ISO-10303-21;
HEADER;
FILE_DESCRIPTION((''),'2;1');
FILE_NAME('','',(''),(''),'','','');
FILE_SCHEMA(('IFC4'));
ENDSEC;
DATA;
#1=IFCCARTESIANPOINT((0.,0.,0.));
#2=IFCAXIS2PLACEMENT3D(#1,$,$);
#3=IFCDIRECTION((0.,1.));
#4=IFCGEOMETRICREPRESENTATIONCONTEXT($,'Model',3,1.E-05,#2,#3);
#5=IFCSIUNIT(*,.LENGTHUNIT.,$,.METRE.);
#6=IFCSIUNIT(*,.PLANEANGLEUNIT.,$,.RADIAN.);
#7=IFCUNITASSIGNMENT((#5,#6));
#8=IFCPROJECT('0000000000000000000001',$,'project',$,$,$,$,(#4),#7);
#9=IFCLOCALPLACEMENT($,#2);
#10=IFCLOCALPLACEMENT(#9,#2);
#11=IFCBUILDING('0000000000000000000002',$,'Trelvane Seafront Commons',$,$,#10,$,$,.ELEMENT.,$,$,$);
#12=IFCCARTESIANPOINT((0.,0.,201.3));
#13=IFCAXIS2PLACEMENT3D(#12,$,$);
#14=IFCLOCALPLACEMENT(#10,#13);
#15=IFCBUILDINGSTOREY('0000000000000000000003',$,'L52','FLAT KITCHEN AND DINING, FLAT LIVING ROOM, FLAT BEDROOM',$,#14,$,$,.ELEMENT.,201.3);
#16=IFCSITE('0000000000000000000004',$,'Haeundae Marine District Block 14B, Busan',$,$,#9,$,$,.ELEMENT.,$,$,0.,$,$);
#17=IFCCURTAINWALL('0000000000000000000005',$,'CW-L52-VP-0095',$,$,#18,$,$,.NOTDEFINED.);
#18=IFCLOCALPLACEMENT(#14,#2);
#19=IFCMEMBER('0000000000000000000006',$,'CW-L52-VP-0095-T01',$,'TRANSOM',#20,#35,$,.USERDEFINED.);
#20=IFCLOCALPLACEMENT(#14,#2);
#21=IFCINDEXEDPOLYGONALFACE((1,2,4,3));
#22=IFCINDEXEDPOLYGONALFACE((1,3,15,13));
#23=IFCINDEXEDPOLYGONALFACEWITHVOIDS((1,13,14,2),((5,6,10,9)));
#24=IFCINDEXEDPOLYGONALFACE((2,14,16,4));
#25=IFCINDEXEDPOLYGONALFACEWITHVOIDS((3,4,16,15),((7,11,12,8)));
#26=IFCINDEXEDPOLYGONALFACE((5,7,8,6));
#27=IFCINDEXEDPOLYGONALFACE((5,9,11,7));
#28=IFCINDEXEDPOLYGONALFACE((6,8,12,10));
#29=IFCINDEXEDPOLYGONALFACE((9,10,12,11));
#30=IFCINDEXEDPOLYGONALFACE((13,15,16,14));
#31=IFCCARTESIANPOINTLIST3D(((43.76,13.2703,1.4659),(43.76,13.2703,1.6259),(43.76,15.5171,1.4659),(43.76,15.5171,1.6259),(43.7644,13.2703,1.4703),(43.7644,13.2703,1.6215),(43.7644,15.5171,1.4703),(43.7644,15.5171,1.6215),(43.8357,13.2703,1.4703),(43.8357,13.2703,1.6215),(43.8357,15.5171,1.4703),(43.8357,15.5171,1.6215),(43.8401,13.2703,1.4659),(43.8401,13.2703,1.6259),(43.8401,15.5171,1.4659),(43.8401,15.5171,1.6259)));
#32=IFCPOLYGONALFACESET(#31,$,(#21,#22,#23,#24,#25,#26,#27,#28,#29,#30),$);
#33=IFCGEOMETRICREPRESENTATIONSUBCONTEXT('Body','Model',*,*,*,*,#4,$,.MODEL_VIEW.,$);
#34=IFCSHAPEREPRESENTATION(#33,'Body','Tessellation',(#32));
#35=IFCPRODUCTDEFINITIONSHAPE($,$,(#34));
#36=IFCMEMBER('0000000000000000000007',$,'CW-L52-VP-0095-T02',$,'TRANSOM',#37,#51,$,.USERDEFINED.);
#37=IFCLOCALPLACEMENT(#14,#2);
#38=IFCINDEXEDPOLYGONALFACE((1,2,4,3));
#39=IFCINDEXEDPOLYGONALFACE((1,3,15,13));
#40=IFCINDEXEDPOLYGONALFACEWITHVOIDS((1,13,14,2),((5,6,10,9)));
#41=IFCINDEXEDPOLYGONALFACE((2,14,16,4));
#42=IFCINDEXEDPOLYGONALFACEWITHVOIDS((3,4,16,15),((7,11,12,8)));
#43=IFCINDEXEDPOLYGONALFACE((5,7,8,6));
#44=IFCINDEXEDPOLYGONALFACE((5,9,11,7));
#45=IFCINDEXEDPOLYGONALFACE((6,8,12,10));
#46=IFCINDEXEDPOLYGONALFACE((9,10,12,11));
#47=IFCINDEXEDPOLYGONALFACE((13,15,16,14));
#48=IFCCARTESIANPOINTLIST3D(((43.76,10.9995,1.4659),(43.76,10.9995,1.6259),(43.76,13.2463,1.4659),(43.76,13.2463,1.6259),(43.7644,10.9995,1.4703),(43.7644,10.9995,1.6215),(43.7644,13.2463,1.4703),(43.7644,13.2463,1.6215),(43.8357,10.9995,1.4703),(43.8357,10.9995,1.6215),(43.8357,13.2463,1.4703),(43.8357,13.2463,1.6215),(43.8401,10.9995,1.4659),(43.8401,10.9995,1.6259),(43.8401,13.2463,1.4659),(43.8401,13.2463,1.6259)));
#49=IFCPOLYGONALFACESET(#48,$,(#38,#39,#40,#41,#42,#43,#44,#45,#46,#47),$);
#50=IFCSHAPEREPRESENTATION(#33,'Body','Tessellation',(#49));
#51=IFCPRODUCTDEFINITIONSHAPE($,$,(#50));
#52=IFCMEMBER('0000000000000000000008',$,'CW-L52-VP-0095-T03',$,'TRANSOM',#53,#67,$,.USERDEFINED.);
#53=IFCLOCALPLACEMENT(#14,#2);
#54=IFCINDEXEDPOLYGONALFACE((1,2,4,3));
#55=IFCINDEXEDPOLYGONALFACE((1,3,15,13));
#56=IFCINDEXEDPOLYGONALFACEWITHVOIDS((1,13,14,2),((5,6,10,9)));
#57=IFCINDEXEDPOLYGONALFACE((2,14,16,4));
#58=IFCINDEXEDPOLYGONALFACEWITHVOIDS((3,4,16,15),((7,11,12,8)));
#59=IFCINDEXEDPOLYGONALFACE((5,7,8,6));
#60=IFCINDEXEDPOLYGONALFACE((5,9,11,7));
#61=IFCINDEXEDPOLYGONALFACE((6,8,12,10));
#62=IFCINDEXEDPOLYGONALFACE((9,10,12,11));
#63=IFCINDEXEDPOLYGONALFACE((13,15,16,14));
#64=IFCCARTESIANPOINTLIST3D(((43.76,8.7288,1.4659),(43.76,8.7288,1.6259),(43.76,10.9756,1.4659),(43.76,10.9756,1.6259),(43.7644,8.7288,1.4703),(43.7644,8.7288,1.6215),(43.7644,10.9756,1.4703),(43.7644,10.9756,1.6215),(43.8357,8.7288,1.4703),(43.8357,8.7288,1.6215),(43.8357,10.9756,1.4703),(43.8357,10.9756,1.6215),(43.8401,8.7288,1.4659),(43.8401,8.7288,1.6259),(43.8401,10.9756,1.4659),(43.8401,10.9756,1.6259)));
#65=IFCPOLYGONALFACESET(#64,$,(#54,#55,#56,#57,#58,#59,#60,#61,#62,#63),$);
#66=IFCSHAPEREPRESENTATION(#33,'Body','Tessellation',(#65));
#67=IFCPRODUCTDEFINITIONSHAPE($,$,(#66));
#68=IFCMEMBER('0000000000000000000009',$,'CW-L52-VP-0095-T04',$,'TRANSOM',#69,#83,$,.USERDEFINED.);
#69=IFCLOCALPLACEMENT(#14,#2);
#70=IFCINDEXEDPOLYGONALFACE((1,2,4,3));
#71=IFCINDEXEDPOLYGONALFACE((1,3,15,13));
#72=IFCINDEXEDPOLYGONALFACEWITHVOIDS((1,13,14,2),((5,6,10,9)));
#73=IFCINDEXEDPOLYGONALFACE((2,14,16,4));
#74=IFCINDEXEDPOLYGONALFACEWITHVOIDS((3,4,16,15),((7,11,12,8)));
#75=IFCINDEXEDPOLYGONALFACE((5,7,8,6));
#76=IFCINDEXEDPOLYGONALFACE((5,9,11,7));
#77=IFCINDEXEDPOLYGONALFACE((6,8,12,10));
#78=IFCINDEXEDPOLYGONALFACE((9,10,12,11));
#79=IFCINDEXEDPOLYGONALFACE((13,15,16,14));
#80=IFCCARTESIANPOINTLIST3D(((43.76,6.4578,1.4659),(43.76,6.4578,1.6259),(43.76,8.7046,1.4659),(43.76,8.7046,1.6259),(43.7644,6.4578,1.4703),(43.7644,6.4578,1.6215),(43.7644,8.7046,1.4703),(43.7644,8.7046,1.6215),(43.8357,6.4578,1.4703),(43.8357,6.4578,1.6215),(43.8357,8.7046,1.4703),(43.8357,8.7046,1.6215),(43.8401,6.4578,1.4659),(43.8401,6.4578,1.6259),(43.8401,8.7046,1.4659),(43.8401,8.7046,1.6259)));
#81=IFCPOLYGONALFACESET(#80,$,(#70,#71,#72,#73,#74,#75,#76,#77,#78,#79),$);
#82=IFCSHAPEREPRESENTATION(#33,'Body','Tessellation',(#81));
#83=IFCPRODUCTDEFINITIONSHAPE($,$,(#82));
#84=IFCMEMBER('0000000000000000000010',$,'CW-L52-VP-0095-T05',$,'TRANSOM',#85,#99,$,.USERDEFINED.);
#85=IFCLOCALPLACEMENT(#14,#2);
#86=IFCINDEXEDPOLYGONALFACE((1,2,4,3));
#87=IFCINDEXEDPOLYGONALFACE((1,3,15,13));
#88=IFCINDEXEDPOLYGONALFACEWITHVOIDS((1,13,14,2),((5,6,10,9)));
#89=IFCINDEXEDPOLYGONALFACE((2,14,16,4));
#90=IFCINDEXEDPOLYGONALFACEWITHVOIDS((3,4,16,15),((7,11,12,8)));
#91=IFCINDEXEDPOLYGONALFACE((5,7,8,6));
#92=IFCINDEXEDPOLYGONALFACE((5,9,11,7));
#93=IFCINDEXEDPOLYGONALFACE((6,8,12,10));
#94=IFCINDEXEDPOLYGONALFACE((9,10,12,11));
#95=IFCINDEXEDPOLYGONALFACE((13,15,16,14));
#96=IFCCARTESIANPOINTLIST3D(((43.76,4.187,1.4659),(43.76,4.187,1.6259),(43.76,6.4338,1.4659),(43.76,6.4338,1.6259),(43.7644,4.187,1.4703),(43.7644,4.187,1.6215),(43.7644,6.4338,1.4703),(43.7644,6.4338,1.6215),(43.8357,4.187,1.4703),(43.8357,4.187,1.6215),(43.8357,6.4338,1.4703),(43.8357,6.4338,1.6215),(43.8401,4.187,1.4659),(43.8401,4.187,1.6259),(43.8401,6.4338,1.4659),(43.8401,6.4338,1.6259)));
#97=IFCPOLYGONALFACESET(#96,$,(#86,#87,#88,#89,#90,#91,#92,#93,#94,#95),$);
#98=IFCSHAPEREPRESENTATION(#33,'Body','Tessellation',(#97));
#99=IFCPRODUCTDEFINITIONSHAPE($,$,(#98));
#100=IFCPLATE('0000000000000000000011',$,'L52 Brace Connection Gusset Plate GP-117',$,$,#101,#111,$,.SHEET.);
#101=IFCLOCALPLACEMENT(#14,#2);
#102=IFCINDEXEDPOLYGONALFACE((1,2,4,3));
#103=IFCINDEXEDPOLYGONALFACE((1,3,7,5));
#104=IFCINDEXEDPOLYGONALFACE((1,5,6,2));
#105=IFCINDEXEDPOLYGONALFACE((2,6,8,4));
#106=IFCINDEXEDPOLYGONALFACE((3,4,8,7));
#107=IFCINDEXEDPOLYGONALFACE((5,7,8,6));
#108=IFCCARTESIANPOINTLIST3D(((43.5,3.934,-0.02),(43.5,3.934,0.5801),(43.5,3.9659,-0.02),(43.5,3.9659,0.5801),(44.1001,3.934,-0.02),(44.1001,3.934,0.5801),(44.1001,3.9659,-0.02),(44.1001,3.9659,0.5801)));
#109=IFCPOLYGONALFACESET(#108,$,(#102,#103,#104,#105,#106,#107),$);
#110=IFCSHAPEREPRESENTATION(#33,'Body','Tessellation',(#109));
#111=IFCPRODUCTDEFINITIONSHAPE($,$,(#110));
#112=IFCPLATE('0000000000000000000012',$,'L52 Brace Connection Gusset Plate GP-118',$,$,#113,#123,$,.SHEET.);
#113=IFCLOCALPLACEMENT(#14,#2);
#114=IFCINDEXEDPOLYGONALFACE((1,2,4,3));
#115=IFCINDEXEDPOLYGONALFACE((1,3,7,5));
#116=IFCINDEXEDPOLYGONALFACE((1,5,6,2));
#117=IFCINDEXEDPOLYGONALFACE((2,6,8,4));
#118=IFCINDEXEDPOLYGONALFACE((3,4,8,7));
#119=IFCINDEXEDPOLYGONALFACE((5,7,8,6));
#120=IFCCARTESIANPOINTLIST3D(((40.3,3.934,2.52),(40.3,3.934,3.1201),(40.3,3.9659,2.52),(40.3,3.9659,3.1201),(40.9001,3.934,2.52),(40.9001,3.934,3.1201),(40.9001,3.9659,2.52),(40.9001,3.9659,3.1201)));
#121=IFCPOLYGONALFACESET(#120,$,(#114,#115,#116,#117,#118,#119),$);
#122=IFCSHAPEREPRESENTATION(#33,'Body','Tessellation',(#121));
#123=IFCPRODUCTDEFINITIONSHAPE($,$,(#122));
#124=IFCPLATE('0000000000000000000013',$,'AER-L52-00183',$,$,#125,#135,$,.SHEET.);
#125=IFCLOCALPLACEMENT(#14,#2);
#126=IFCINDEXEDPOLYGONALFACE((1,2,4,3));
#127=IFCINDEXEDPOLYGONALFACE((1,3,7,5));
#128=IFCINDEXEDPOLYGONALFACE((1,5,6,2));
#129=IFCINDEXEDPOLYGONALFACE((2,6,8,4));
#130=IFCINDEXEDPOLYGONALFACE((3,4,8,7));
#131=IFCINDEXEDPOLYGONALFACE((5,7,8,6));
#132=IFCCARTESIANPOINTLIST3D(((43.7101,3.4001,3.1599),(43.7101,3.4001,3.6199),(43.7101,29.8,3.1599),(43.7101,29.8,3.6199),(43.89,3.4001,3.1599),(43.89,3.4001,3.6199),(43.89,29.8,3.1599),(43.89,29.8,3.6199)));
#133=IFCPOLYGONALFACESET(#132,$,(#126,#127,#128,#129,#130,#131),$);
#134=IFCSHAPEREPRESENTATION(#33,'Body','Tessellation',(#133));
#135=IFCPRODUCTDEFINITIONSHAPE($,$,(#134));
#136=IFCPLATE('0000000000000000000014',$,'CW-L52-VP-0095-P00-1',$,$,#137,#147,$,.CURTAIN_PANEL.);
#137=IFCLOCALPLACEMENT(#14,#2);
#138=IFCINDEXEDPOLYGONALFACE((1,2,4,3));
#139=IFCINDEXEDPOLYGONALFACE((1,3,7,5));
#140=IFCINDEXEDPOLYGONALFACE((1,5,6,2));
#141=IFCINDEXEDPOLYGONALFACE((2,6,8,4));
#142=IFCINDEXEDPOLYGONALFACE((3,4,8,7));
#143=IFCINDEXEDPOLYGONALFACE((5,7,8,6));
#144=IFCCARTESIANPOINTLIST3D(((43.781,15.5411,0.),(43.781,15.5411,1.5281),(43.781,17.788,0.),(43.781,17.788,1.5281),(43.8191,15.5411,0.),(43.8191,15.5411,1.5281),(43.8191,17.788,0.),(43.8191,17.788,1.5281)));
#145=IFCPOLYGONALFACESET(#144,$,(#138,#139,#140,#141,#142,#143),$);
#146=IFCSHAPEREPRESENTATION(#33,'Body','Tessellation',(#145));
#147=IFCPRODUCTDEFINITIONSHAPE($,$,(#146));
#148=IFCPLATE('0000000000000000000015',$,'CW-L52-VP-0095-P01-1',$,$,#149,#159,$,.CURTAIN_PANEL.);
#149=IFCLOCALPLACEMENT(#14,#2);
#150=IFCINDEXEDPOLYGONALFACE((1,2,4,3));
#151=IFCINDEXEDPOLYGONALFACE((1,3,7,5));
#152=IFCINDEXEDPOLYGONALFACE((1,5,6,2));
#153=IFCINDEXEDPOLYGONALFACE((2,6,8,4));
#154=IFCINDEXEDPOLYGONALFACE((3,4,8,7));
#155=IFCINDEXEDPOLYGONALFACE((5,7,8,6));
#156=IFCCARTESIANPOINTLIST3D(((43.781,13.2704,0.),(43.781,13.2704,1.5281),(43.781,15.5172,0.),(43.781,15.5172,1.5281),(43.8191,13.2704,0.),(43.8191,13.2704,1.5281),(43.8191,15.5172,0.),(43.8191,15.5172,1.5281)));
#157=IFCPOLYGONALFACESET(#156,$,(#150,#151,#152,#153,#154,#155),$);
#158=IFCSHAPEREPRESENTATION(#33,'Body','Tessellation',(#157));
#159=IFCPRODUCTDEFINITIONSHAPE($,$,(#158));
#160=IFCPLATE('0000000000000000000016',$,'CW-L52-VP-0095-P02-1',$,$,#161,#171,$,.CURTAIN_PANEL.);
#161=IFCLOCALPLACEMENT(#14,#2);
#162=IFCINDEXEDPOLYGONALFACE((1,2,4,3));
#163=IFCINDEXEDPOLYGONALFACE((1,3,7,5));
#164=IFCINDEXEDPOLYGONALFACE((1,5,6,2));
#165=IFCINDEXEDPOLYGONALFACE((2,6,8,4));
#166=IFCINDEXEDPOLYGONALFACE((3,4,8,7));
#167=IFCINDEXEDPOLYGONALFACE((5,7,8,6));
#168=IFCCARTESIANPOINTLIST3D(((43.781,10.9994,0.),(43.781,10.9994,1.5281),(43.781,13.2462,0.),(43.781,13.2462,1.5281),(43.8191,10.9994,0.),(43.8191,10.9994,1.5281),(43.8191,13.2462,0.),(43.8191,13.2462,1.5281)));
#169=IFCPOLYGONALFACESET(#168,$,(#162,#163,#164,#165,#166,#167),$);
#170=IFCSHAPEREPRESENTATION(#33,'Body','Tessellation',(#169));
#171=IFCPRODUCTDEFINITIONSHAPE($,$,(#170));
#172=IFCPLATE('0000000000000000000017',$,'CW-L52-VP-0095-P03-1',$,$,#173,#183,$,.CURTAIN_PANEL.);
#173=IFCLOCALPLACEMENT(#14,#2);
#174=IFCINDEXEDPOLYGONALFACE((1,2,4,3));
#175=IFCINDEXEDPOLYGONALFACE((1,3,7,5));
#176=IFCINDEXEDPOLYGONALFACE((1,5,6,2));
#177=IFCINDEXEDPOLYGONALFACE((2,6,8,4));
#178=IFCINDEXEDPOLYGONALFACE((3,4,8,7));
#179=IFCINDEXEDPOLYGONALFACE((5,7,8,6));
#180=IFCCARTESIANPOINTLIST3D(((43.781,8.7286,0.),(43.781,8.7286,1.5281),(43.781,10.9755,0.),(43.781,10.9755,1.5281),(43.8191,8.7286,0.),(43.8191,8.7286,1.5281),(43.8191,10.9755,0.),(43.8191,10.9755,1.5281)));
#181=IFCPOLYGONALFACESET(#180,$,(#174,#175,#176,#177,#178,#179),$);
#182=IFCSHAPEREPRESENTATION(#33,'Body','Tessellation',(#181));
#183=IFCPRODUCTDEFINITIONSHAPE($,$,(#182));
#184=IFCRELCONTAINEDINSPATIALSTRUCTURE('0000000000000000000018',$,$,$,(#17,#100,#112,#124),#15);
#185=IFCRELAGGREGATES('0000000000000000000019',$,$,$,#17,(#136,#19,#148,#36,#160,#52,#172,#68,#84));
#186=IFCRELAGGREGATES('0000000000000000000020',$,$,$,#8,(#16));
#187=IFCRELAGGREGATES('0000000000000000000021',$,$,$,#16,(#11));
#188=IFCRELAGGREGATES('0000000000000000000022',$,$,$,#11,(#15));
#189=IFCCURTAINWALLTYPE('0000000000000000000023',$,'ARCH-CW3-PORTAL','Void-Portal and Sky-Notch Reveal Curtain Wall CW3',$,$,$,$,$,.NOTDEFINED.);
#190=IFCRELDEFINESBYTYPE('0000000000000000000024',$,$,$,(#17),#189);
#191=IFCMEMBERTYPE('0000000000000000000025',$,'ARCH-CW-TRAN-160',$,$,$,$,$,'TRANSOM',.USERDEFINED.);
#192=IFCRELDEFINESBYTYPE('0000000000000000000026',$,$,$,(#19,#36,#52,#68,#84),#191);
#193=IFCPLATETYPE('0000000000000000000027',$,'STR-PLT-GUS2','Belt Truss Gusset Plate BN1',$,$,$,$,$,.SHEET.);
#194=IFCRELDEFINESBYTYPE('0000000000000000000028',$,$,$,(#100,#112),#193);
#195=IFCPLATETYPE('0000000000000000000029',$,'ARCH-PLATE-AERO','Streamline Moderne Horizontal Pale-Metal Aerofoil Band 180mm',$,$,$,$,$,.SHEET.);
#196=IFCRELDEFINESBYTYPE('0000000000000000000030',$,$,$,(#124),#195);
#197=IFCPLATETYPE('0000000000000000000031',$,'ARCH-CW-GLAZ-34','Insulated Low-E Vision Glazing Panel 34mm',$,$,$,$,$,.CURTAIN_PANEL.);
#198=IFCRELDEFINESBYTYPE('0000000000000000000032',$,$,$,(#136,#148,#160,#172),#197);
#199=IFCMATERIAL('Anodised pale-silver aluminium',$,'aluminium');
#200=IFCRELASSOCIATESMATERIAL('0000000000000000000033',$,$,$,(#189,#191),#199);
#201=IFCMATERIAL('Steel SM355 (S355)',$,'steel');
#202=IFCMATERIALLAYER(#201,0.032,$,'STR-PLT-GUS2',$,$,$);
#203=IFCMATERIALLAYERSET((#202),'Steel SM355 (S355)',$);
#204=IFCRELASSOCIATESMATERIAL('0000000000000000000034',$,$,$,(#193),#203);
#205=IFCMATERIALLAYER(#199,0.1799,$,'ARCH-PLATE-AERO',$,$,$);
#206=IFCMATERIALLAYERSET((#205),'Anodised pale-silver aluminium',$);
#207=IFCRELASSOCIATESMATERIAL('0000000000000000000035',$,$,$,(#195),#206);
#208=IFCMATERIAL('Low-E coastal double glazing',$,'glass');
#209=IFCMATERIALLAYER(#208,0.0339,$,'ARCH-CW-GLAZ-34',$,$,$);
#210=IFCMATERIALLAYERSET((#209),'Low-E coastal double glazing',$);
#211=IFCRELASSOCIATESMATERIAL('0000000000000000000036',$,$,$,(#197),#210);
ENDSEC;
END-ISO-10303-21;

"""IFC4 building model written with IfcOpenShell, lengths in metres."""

from ifc_helpers import new_model, si_unit, direction, frame, origin, origin_2d, place, context, subcontext, project, spatial, rectangle, hollow_rectangle, extrude, source, transform, mapped, material, layer, layer_set, material_profile, profile_set, type_object, element, aggregate, save


model = new_model("IFC4")

# Units and contexts
model_context = context("Model", 3, precision=1e-05, world=origin(), true_north=direction((0.0, 1.0)))
body_context = subcontext(model_context, "Body", "Model", "MODEL_VIEW")
ifc_project = project(units=[si_unit("LENGTHUNIT", "METRE"), si_unit("PLANEANGLEUNIT", "RADIAN")], contexts=[model_context])

# Site, building, storey
site_placement = place(None, origin())
site = spatial("IfcSite", under=ifc_project, at=site_placement, Name="Haeundae Marine District Block 14B, Busan", CompositionType="ELEMENT", RefElevation=0.0)
building_placement = place(site_placement, origin())
building = spatial("IfcBuilding", under=site, at=building_placement, Name="Trelvane Seafront Commons", CompositionType="ELEMENT")
storey_placement = place(building_placement, frame((0.0, 0.0, 201.3)))
storey = spatial("IfcBuildingStorey", under=building, at=storey_placement, Name="L52", Description="FLAT KITCHEN AND DINING, FLAT LIVING ROOM, FLAT BEDROOM", CompositionType="ELEMENT", Elevation=201.3)

# Shared definitions
ifc_material_1 = material(Name="Steel SM355 (S355)", Category="steel")

# Curtain wall, members
ifc_material_2 = material(Name="Anodised pale-silver aluminium", Category="aluminium")
curtain_wall_type = type_object("IfcCurtainWallType", Name="ARCH-CW3-PORTAL", Description="Void-Portal and Sky-Notch Reveal Curtain Wall CW3", PredefinedType="NOTDEFINED", material=ifc_material_2)
curtain_wall_placement = place(storey_placement, origin())
curtain_wall = element("IfcCurtainWall", 1, at=curtain_wall_placement, inside=storey, type_object=curtain_wall_type, Name="CW-L52-VP-0095", PredefinedType="NOTDEFINED")
ifc_material_profile_1 = material_profile(ifc_material_2, hollow_rectangle(XDim=0.0801, YDim=0.1599, WallThickness=0.0044, at=origin_2d()), Name="TRAN-80x160x4.5")
ifc_profile_set_1 = profile_set([ifc_material_profile_1], Name="Anodised pale-silver aluminium")
member_type_1 = type_object("IfcMemberType", Name="ARCH-CW-TRAN-160", ElementType="TRANSOM", PredefinedType="USERDEFINED", material=ifc_profile_set_1)
shared_shape_1 = source(origin(), body_context, "Body", "SweptSolid", [
    extrude(hollow_rectangle(XDim=0.0801, YDim=0.1599, WallThickness=0.0044, at=origin_2d()), origin(), (0.0, 0.0, 1.0), 2.2468),
])
member_1_placement = place(storey_placement, frame((43.8, 15.5171, 1.5459), z_axis=(0.0, -1.0, 0.0), x_axis=(1.0, 0.0, 0.0)))
member_1 = element("IfcMember", 2, at=member_1_placement, type_object=member_type_1, Name="CW-L52-VP-0095-T01", ObjectType="TRANSOM", PredefinedType="USERDEFINED", context=body_context, shape_type="MappedRepresentation", body=[
    mapped(shared_shape_1, transform((0.0, 0.0, 0.0), x_axis=(1.0, 0.0, 0.0), y_axis=(0.0, 1.0, 0.0), z_axis=(0.0, 0.0, 1.0), scale=1.0)),
])
member_2_placement = place(storey_placement, frame((43.8, 13.2463, 1.5459), z_axis=(0.0, -1.0, 0.0), x_axis=(1.0, 0.0, 0.0)))
member_2 = element("IfcMember", 3, at=member_2_placement, type_object=member_type_1, Name="CW-L52-VP-0095-T02", ObjectType="TRANSOM", PredefinedType="USERDEFINED", context=body_context, shape_type="MappedRepresentation", body=[
    mapped(shared_shape_1, transform((0.0, 0.0, 0.0), x_axis=(1.0, 0.0, 0.0), y_axis=(0.0, 1.0, 0.0), z_axis=(0.0, 0.0, 1.0), scale=1.0)),
])
member_3_placement = place(storey_placement, frame((43.8, 10.9756, 1.5459), z_axis=(0.0, -1.0, 0.0), x_axis=(1.0, 0.0, 0.0)))
member_3 = element("IfcMember", 4, at=member_3_placement, type_object=member_type_1, Name="CW-L52-VP-0095-T03", ObjectType="TRANSOM", PredefinedType="USERDEFINED", context=body_context, shape_type="MappedRepresentation", body=[
    mapped(shared_shape_1, transform((0.0, 0.0, 0.0), x_axis=(1.0, 0.0, 0.0), y_axis=(0.0, 1.0, 0.0), z_axis=(0.0, 0.0, 1.0), scale=1.0)),
])
member_4_placement = place(storey_placement, frame((43.8, 8.7046, 1.5459), z_axis=(0.0, -1.0, 0.0), x_axis=(1.0, 0.0, 0.0)))
member_4 = element("IfcMember", 5, at=member_4_placement, type_object=member_type_1, Name="CW-L52-VP-0095-T04", ObjectType="TRANSOM", PredefinedType="USERDEFINED", context=body_context, shape_type="MappedRepresentation", body=[
    mapped(shared_shape_1, transform((0.0, 0.0, 0.0), x_axis=(1.0, 0.0, 0.0), y_axis=(0.0, 1.0, 0.0), z_axis=(0.0, 0.0, 1.0), scale=1.0)),
])
member_5_placement = place(storey_placement, frame((43.8, 6.4338, 1.5459), z_axis=(0.0, -1.0, 0.0), x_axis=(1.0, 0.0, 0.0)))
member_5 = element("IfcMember", 6, at=member_5_placement, type_object=member_type_1, Name="CW-L52-VP-0095-T05", ObjectType="TRANSOM", PredefinedType="USERDEFINED", context=body_context, shape_type="MappedRepresentation", body=[
    mapped(shared_shape_1, transform((0.0, 0.0, 0.0), x_axis=(1.0, 0.0, 0.0), y_axis=(0.0, 1.0, 0.0), z_axis=(0.0, 0.0, 1.0), scale=1.0)),
])

# Plates
ifc_layer_1 = layer(ifc_material_1, 0.032, Name="STR-PLT-GUS2")
ifc_layer_set_1 = layer_set([ifc_layer_1], Name="Steel SM355 (S355)")
plate_type_1 = type_object("IfcPlateType", Name="STR-PLT-GUS2", Description="Belt Truss Gusset Plate BN1", PredefinedType="SHEET", material=ifc_layer_set_1)
shared_shape_2 = source(origin(), body_context, "Body", "SweptSolid", [
    extrude(rectangle(XDim=0.6001, YDim=0.032, at=origin_2d()), origin(), (0.0, 0.0, 1.0), 0.6001),
])
for number, where, z_axis, x_axis, name in (
    (7, (43.8, 3.95, -0.02), (0.0, 0.0, 1.0), (1.0, 0.0, 0.0), "L52 Brace Connection Gusset Plate GP-117"),
    (8, (40.6001, 3.95, 2.52), (0.0, 0.0, 1.0), (1.0, 0.0, 0.0), "L52 Brace Connection Gusset Plate GP-118"),
):
    element("IfcPlate", number, at=place(storey_placement, frame(where, z_axis=z_axis, x_axis=x_axis)), inside=storey, type_object=plate_type_1, Name=name, PredefinedType="SHEET", context=body_context, shape_type="MappedRepresentation", body=[
        mapped(shared_shape_2, transform((0.0, 0.0, 0.0), x_axis=(1.0, 0.0, 0.0), y_axis=(0.0, 1.0, 0.0), z_axis=(0.0, 0.0, 1.0), scale=1.0)),
    ])
ifc_layer_2 = layer(ifc_material_2, 0.1799, Name="ARCH-PLATE-AERO")
ifc_layer_set_2 = layer_set([ifc_layer_2], Name="Anodised pale-silver aluminium")
plate_type_2 = type_object("IfcPlateType", Name="ARCH-PLATE-AERO", Description="Streamline Moderne Horizontal Pale-Metal Aerofoil Band 180mm", PredefinedType="SHEET", material=ifc_layer_set_2)
shared_shape_3 = source(origin(), body_context, "Body", "SweptSolid", [
    extrude(rectangle(XDim=26.3999, YDim=0.1799, at=origin_2d()), origin(), (0.0, 0.0, 1.0), 0.46),
])
plate_1_placement = place(storey_placement, frame((43.8, 16.6001, 3.1599), z_axis=(0.0, 0.0, 1.0), x_axis=(0.0, 1.0, 0.0)))
element("IfcPlate", 9, at=plate_1_placement, inside=storey, type_object=plate_type_2, Name="AER-L52-00183", PredefinedType="SHEET", context=body_context, shape_type="MappedRepresentation", body=[
    mapped(shared_shape_3, transform((0.0, 0.0, 0.0), x_axis=(1.0, 0.0, 0.0), y_axis=(0.0, 1.0, 0.0), z_axis=(0.0, 0.0, 1.0), scale=1.0)),
])

# Plates
ifc_material_3 = material(Name="Low-E coastal double glazing", Category="glass")
ifc_layer_3 = layer(ifc_material_3, 0.0339, Name="ARCH-CW-GLAZ-34")
ifc_layer_set_3 = layer_set([ifc_layer_3], Name="Low-E coastal double glazing")
plate_type_3 = type_object("IfcPlateType", Name="ARCH-CW-GLAZ-34", Description="Insulated Low-E Vision Glazing Panel 34mm", PredefinedType="CURTAIN_PANEL", material=ifc_layer_set_3)
shared_shape_4 = source(origin(), body_context, "Body", "SweptSolid", [
    extrude(rectangle(XDim=2.2468, YDim=0.0381, at=origin_2d()), origin(), (0.0, 0.0, 1.0), 1.5281),
])
plate_2_placement = place(storey_placement, frame((43.8, 16.6646, 0.0), z_axis=(0.0, 0.0, 1.0), x_axis=(0.0, -1.0, 0.0)))
plate_2 = element("IfcPlate", 10, at=plate_2_placement, type_object=plate_type_3, Name="CW-L52-VP-0095-P00-1", PredefinedType="CURTAIN_PANEL", context=body_context, shape_type="MappedRepresentation", body=[
    mapped(shared_shape_4, transform((0.0, 0.0, 0.0), x_axis=(1.0, 0.0, 0.0), y_axis=(0.0, 1.0, 0.0), z_axis=(0.0, 0.0, 1.0), scale=1.0)),
])
plate_3_placement = place(storey_placement, frame((43.8, 14.3938, 0.0), z_axis=(0.0, 0.0, 1.0), x_axis=(0.0, -1.0, 0.0)))
plate_3 = element("IfcPlate", 11, at=plate_3_placement, type_object=plate_type_3, Name="CW-L52-VP-0095-P01-1", PredefinedType="CURTAIN_PANEL", context=body_context, shape_type="MappedRepresentation", body=[
    mapped(shared_shape_4, transform((0.0, 0.0, 0.0), x_axis=(1.0, 0.0, 0.0), y_axis=(0.0, 1.0, 0.0), z_axis=(0.0, 0.0, 1.0), scale=1.0)),
])
plate_4_placement = place(storey_placement, frame((43.8, 12.1228, 0.0), z_axis=(0.0, 0.0, 1.0), x_axis=(0.0, -1.0, 0.0)))
plate_4 = element("IfcPlate", 12, at=plate_4_placement, type_object=plate_type_3, Name="CW-L52-VP-0095-P02-1", PredefinedType="CURTAIN_PANEL", context=body_context, shape_type="MappedRepresentation", body=[
    mapped(shared_shape_4, transform((0.0, 0.0, 0.0), x_axis=(1.0, 0.0, 0.0), y_axis=(0.0, 1.0, 0.0), z_axis=(0.0, 0.0, 1.0), scale=1.0)),
])
plate_5_placement = place(storey_placement, frame((43.8, 9.8521, 0.0), z_axis=(0.0, 0.0, 1.0), x_axis=(0.0, -1.0, 0.0)))
plate_5 = element("IfcPlate", 13, at=plate_5_placement, type_object=plate_type_3, Name="CW-L52-VP-0095-P03-1", PredefinedType="CURTAIN_PANEL", context=body_context, shape_type="MappedRepresentation", body=[
    mapped(shared_shape_4, transform((0.0, 0.0, 0.0), x_axis=(1.0, 0.0, 0.0), y_axis=(0.0, 1.0, 0.0), z_axis=(0.0, 0.0, 1.0), scale=1.0)),
])
aggregate(curtain_wall, [plate_2, member_1, plate_3, member_2, plate_4, member_3, plate_5, member_4, member_5])

save(model, "model.ifc")
